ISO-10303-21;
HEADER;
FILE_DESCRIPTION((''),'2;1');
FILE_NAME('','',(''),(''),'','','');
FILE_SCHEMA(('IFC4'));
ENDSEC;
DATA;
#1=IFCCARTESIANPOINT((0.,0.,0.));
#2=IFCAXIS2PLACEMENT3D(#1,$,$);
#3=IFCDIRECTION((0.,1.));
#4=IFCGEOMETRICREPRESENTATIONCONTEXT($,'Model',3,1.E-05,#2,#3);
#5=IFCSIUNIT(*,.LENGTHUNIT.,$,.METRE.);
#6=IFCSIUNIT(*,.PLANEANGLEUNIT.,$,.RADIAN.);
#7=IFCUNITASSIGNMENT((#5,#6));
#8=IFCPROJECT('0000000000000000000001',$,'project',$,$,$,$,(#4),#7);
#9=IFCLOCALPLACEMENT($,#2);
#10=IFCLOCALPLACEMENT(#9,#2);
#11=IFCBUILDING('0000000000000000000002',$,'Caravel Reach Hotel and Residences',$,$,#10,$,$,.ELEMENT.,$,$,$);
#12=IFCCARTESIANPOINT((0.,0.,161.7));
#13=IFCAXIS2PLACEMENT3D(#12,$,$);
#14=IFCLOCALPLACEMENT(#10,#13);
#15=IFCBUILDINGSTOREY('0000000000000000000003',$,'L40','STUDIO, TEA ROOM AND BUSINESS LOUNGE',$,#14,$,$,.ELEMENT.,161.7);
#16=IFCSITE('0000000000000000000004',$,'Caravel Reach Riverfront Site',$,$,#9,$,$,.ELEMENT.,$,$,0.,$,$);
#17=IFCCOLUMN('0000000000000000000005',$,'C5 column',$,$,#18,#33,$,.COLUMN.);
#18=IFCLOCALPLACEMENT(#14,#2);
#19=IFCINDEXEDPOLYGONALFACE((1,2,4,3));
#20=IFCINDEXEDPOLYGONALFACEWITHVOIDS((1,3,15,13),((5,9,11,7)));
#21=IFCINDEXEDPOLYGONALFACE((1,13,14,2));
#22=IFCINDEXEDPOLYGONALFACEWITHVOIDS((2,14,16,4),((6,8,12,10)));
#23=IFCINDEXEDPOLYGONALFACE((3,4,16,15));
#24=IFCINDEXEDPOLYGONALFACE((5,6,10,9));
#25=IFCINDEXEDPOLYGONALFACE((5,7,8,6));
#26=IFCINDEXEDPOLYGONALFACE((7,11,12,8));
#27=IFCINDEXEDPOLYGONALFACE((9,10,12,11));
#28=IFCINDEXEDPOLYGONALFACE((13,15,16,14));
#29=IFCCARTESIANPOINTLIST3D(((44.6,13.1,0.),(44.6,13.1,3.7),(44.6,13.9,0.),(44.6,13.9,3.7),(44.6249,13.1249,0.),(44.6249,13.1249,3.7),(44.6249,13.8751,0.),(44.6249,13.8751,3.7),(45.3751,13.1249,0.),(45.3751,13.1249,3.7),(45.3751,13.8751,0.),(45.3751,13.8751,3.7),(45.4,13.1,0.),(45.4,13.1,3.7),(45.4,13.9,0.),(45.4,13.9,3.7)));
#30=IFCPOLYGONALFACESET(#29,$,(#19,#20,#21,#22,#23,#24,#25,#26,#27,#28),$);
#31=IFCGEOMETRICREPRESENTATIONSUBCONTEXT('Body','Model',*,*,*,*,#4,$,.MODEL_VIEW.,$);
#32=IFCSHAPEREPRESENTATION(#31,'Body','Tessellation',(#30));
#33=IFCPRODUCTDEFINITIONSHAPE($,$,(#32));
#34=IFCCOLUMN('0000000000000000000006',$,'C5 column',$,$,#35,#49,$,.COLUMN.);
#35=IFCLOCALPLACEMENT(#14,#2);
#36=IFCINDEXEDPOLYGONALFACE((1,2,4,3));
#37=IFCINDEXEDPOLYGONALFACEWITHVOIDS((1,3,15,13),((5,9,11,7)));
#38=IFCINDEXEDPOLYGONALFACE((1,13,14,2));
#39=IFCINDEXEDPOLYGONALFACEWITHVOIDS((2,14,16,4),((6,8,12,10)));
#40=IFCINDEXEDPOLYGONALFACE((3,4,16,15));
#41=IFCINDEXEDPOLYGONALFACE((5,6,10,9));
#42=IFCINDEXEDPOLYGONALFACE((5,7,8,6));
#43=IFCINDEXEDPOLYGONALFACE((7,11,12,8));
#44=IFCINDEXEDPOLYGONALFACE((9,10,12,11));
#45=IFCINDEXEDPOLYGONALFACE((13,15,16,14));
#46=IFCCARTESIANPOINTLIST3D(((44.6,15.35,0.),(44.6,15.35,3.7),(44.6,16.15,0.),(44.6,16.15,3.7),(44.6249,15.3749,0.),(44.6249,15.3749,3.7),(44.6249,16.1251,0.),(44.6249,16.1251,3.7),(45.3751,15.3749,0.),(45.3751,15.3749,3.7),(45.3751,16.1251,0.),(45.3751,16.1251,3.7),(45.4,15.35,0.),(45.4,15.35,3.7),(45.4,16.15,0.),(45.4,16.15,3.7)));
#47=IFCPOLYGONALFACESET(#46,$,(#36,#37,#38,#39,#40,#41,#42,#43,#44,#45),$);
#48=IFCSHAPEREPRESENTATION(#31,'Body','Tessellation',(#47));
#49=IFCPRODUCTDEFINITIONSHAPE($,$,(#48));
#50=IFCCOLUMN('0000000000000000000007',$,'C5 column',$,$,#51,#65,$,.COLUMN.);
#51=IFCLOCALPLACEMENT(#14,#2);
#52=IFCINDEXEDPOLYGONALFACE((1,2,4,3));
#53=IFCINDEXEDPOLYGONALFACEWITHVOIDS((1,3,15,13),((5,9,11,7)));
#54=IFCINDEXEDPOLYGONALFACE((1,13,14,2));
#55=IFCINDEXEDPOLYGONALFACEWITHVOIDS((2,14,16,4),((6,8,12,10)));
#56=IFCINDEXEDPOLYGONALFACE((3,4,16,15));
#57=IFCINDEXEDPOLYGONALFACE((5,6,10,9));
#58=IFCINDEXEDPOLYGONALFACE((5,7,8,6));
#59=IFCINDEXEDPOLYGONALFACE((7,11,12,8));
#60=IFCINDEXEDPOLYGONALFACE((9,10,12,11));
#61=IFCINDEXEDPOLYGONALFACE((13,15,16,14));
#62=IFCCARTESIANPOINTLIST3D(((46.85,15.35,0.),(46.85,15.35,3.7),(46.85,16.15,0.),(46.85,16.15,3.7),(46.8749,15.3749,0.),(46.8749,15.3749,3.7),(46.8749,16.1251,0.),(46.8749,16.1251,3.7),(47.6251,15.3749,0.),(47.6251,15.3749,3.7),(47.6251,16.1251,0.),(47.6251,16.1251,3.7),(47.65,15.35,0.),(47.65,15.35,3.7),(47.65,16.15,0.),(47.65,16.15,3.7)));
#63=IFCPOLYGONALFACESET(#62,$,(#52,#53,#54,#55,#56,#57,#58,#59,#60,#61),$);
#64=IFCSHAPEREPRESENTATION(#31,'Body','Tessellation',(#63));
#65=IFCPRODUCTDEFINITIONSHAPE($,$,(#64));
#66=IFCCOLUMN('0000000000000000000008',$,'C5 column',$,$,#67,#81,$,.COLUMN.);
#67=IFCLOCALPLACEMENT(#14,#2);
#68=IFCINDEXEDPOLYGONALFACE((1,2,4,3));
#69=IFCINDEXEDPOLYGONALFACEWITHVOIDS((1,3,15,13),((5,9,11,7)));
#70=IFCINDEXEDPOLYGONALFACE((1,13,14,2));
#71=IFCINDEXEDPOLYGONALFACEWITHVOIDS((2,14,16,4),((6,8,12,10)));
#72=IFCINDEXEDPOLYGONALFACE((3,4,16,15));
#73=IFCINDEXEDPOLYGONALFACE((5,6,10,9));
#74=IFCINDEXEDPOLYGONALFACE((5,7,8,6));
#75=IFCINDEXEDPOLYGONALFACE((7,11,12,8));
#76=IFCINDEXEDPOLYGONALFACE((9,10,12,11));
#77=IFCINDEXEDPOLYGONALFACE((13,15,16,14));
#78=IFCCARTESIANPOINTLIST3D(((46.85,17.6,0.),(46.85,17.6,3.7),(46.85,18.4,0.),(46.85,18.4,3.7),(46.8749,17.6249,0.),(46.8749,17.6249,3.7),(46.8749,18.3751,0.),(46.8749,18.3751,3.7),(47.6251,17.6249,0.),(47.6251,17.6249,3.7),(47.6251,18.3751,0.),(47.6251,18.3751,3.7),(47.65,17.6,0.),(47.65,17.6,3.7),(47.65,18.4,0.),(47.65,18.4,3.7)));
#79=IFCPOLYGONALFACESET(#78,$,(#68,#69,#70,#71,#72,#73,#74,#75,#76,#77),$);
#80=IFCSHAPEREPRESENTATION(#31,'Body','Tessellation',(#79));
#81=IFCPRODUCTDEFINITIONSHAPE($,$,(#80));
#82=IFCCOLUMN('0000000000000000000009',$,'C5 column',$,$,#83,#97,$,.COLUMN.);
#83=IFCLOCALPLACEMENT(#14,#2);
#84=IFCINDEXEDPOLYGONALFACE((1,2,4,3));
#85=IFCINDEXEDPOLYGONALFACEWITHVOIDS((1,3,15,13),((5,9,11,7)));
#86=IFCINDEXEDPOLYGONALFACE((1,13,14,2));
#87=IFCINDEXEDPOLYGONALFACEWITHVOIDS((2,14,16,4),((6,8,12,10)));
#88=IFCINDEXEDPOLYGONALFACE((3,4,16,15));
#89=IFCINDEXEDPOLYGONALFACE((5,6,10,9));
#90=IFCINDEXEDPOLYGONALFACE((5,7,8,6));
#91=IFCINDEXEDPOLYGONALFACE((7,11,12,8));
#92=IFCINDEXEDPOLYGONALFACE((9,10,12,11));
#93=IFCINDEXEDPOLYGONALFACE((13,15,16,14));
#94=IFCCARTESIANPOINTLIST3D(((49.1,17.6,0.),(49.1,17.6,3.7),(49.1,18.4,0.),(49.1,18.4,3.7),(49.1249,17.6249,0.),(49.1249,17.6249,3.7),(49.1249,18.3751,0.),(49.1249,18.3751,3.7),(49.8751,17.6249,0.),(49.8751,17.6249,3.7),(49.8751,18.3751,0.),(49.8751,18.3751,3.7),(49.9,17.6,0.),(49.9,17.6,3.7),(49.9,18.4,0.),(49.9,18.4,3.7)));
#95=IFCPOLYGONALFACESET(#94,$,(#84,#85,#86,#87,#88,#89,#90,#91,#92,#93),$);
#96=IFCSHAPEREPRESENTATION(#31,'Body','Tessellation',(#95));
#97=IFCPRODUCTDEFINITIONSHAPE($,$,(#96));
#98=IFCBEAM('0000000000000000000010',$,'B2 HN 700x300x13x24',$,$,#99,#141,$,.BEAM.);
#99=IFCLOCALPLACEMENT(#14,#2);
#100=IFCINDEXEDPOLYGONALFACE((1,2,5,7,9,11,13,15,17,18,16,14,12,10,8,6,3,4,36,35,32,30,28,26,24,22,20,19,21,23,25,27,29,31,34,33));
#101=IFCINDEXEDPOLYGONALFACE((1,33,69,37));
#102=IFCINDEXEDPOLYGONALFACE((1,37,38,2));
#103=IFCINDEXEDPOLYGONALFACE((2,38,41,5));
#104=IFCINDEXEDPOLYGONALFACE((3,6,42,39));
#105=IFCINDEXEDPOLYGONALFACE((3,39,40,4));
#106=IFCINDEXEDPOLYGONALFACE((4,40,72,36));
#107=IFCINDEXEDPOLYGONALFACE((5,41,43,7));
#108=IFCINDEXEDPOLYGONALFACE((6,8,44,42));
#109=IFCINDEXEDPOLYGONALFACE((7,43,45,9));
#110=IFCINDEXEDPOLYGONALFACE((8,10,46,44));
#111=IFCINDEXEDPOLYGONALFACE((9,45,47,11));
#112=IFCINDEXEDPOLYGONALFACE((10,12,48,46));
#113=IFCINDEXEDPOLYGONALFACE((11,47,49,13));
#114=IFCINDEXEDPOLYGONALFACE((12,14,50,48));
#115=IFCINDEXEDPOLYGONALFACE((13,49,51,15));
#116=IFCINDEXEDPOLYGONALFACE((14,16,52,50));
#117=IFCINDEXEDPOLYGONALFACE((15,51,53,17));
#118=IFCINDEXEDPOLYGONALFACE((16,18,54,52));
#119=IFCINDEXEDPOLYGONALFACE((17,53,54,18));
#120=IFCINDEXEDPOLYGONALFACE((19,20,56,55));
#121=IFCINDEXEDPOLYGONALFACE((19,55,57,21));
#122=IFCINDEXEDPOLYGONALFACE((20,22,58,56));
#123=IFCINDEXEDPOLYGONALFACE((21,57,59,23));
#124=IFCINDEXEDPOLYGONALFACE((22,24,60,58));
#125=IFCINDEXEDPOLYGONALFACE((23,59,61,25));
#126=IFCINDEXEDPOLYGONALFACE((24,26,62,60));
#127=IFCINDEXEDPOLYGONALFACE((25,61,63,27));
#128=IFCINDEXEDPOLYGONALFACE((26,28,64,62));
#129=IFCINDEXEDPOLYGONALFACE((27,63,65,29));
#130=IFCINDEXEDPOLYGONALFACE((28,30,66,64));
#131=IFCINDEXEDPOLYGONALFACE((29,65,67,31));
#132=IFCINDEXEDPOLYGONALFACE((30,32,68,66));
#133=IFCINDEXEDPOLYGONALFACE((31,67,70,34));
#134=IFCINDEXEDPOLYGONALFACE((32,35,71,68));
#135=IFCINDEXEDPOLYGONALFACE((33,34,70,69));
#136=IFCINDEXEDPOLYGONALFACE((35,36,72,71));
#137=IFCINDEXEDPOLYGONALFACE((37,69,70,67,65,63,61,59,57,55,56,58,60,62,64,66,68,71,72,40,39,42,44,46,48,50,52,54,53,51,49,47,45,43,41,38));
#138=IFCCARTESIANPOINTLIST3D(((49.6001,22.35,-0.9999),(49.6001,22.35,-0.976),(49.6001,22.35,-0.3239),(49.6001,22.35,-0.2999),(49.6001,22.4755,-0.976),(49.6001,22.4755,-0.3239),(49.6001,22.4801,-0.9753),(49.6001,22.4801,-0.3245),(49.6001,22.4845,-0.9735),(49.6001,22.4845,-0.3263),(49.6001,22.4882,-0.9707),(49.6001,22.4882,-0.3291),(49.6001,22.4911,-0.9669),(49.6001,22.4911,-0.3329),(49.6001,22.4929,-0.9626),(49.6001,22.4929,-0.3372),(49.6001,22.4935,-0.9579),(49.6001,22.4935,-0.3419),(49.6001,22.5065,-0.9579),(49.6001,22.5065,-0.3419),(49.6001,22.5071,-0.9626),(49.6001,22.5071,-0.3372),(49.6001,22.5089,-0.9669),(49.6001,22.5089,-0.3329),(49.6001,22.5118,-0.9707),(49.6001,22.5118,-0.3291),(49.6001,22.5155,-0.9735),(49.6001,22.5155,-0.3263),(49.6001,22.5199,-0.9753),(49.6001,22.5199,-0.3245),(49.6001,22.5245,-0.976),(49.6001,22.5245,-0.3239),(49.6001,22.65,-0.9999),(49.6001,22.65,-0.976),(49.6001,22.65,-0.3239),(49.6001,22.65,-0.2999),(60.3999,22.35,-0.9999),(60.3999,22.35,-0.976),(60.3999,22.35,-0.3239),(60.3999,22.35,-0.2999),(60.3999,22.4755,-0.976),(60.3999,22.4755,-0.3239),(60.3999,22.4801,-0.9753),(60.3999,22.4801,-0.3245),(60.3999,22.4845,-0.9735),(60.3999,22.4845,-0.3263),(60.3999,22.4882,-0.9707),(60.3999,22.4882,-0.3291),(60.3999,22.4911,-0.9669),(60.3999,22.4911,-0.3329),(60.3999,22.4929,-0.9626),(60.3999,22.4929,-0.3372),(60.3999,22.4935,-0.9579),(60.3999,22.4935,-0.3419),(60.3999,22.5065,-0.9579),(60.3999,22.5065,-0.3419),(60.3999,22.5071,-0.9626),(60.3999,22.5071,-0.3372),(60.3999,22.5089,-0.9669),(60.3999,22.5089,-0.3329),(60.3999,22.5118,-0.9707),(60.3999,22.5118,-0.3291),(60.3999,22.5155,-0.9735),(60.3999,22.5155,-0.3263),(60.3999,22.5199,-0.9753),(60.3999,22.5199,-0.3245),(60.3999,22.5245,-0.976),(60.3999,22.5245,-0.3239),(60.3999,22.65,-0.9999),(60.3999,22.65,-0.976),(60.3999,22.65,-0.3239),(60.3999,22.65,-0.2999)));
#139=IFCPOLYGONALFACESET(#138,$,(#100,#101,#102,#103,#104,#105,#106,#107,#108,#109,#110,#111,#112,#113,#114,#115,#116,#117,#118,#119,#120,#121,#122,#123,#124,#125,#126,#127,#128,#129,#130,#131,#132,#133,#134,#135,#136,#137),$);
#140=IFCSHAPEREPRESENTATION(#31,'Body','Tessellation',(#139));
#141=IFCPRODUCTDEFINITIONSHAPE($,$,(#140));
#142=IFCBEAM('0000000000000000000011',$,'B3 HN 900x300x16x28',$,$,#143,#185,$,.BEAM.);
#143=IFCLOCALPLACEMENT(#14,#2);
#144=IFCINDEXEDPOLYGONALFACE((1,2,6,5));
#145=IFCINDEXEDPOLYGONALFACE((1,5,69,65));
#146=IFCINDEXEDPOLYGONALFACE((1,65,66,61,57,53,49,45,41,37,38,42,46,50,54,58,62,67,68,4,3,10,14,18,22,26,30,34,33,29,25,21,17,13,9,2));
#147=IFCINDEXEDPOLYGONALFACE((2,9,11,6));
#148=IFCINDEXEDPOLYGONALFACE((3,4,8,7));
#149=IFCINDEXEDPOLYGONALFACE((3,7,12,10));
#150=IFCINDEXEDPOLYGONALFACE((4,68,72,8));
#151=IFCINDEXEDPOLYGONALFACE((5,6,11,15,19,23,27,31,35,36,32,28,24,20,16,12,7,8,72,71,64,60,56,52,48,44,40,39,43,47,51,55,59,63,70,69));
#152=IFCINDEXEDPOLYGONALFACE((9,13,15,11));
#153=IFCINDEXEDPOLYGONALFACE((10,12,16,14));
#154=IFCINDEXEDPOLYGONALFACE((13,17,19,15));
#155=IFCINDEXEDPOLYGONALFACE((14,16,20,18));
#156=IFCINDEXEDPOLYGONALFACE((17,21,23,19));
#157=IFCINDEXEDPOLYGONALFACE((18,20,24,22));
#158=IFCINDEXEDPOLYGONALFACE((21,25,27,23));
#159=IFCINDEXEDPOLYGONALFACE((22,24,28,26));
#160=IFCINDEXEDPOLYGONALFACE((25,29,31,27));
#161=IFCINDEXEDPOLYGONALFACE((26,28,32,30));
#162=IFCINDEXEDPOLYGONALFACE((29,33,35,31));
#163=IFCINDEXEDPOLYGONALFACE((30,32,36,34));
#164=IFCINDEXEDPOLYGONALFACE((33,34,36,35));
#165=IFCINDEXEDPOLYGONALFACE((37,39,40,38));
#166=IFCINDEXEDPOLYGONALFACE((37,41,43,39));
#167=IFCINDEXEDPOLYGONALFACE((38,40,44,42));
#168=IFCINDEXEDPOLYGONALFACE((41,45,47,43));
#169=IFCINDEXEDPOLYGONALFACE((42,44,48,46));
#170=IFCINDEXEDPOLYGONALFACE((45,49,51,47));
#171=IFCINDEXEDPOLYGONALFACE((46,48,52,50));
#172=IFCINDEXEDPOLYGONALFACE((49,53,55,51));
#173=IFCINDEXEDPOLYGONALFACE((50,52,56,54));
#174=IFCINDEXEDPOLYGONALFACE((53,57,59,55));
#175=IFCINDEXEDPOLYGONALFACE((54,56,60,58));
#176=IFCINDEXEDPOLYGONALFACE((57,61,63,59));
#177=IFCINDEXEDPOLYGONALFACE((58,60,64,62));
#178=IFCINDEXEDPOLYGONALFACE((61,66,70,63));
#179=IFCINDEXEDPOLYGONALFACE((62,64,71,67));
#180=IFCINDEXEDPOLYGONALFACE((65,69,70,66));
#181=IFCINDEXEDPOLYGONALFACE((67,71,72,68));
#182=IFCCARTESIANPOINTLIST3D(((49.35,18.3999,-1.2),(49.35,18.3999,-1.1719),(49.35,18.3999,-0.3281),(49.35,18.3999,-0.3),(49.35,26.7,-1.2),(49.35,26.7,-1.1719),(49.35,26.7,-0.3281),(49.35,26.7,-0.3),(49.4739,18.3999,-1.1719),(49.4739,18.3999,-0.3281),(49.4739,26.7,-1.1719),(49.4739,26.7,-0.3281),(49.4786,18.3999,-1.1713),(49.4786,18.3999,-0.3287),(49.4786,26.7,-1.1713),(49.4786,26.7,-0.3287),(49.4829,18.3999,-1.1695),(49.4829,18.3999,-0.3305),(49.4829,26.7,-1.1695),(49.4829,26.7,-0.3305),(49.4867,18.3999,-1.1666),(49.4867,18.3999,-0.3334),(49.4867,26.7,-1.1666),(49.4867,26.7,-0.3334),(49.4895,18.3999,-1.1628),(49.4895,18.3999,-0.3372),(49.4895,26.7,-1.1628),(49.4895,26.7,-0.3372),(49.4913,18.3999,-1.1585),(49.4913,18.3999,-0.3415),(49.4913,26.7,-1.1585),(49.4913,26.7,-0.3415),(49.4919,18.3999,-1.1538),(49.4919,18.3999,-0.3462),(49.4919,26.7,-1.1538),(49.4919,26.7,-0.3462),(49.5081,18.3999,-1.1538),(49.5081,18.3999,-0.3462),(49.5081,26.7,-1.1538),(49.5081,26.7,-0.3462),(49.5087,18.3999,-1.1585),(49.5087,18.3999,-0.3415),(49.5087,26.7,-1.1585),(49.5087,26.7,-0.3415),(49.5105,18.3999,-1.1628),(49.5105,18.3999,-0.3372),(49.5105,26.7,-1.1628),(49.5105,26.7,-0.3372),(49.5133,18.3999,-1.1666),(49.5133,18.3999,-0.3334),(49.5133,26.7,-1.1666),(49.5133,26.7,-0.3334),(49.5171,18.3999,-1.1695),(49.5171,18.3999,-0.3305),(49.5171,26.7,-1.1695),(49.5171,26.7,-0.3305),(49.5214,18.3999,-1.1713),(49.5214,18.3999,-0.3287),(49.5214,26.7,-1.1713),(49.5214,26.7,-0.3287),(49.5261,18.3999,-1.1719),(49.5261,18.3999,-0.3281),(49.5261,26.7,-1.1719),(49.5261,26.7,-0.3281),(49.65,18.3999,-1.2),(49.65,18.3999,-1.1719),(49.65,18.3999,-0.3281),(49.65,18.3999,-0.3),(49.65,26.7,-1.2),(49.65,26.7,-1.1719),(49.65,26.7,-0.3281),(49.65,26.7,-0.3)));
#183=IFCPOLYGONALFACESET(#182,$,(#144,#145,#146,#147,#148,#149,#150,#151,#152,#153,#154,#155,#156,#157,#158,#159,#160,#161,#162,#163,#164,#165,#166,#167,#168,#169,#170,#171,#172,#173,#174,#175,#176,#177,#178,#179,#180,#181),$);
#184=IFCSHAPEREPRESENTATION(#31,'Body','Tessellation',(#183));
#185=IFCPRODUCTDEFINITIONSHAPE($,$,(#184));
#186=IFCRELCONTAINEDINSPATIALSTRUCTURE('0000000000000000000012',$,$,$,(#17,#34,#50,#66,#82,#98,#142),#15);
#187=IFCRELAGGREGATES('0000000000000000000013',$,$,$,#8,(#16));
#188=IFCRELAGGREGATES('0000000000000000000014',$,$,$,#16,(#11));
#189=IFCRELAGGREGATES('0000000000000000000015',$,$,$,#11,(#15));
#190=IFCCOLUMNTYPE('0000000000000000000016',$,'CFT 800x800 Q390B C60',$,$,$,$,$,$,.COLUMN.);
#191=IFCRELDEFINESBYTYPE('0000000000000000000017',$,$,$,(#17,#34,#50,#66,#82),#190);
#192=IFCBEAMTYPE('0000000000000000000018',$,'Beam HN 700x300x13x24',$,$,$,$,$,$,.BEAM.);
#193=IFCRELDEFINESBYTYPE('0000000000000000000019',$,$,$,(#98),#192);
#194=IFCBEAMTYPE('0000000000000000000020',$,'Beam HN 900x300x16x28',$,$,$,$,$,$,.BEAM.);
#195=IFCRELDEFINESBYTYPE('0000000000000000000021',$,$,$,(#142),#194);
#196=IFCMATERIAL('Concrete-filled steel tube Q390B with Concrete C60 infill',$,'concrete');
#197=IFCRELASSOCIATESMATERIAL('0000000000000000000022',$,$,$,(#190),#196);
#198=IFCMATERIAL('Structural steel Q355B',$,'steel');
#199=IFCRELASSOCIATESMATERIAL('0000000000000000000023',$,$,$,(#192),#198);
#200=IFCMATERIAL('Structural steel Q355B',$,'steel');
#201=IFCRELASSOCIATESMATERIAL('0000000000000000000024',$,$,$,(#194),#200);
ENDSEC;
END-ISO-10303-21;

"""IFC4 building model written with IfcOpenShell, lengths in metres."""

from ifc_helpers import new_model, si_unit, direction, frame, origin, origin_2d, place, context, subcontext, project, spatial, hollow_rectangle, i_section, extrude, material, material_profile, profile_set, type_object, element, save


model = new_model("IFC4")

# Units and contexts
model_context = context("Model", 3, precision=1e-05, world=origin(), true_north=direction((0.0, 1.0)))
body_context = subcontext(model_context, "Body", "Model", "MODEL_VIEW")
ifc_project = project(units=[si_unit("LENGTHUNIT", "METRE"), si_unit("PLANEANGLEUNIT", "RADIAN")], contexts=[model_context])

# Site, building, storey
site_placement = place(None, origin())
site = spatial("IfcSite", under=ifc_project, at=site_placement, Name="Caravel Reach Riverfront Site", CompositionType="ELEMENT", RefElevation=0.0)
building_placement = place(site_placement, origin())
building = spatial("IfcBuilding", under=site, at=building_placement, Name="Caravel Reach Hotel and Residences", CompositionType="ELEMENT")
storey_placement = place(building_placement, frame((0.0, 0.0, 161.7)))
storey = spatial("IfcBuildingStorey", under=building, at=storey_placement, Name="L40", Description="STUDIO, TEA ROOM AND BUSINESS LOUNGE", CompositionType="ELEMENT", Elevation=161.7)

# Columns
ifc_material_1 = material(Name="Concrete-filled steel tube Q390B with Concrete C60 infill", Category="concrete")
ifc_material_profile_1 = material_profile(ifc_material_1, hollow_rectangle(XDim=0.8, YDim=0.8, WallThickness=0.0249, at=origin_2d()), Name="RHS 800x800x25")
ifc_profile_set_1 = profile_set([ifc_material_profile_1], Name="Concrete-filled steel tube Q390B with Concrete C60 infill")
column_type = type_object("IfcColumnType", Name="CFT 800x800 Q390B C60", PredefinedType="COLUMN", material=ifc_profile_set_1)
for number, where, z_axis, x_axis, name in (
    (1, (45.0, 13.5, 0.0), (0.0, 0.0, 1.0), (1.0, 0.0, 0.0), "C5 column"),
    (2, (45.0, 15.75, 0.0), (0.0, 0.0, 1.0), (1.0, 0.0, 0.0), "C5 column"),
    (3, (47.25, 15.75, 0.0), (0.0, 0.0, 1.0), (1.0, 0.0, 0.0), "C5 column"),
    (4, (47.25, 18.0, 0.0), (0.0, 0.0, 1.0), (1.0, 0.0, 0.0), "C5 column"),
    (5, (49.5, 18.0, 0.0), (0.0, 0.0, 1.0), (1.0, 0.0, 0.0), "C5 column"),
):
    element("IfcColumn", number, at=place(storey_placement, frame(where, z_axis=z_axis, x_axis=x_axis)), inside=storey, type_object=column_type, Name=name, PredefinedType="COLUMN", context=body_context, shape_type="SweptSolid", body=[
        extrude(hollow_rectangle(XDim=0.8, YDim=0.8, WallThickness=0.0249, at=origin_2d()), origin(), (0.0, 0.0, 1.0), 3.7),
    ])

# Beams
ifc_material_2 = material(Name="Structural steel Q355B", Category="steel")
ifc_material_profile_2 = material_profile(ifc_material_2, i_section(OverallWidth=0.3, OverallDepth=0.7, WebThickness=0.0129, FlangeThickness=0.0239, FilletRadius=0.0181, at=origin_2d()), Name="HN 700x300x13x24")
ifc_profile_set_2 = profile_set([ifc_material_profile_2], Name="Structural steel Q355B")
beam_type_1 = type_object("IfcBeamType", Name="Beam HN 700x300x13x24", PredefinedType="BEAM", material=ifc_profile_set_2)
beam_1_placement = place(storey_placement, frame((49.6001, 22.5, -0.6499), z_axis=(1.0, 0.0, 0.0), x_axis=(0.0, 1.0, 0.0)))
element("IfcBeam", 6, at=beam_1_placement, inside=storey, type_object=beam_type_1, Name="B2 HN 700x300x13x24", PredefinedType="BEAM", context=body_context, shape_type="SweptSolid", body=[
    extrude(i_section(OverallWidth=0.3, OverallDepth=0.7, WebThickness=0.0129, FlangeThickness=0.0239, FilletRadius=0.0181, at=origin_2d()), origin(), (0.0, 0.0, 1.0), 10.7998),
])
ifc_material_3 = material(Name="Structural steel Q355B", Category="steel")
ifc_material_profile_3 = material_profile(ifc_material_3, i_section(OverallWidth=0.3, OverallDepth=0.8999, WebThickness=0.0161, FlangeThickness=0.0281, FilletRadius=0.0181, at=origin_2d()), Name="HN 900x300x16x28")
ifc_profile_set_3 = profile_set([ifc_material_profile_3], Name="Structural steel Q355B")
beam_type_2 = type_object("IfcBeamType", Name="Beam HN 900x300x16x28", PredefinedType="BEAM", material=ifc_profile_set_3)
beam_2_placement = place(storey_placement, frame((49.5, 18.3999, -0.75), z_axis=(0.0, 1.0, 0.0), x_axis=(-1.0, 0.0, 0.0)))
element("IfcBeam", 7, at=beam_2_placement, inside=storey, type_object=beam_type_2, Name="B3 HN 900x300x16x28", PredefinedType="BEAM", context=body_context, shape_type="SweptSolid", body=[
    extrude(i_section(OverallWidth=0.3, OverallDepth=0.8999, WebThickness=0.0161, FlangeThickness=0.0281, FilletRadius=0.0181, at=origin_2d()), origin(), (0.0, 0.0, 1.0), 8.3),
])

save(model, "model.ifc")
